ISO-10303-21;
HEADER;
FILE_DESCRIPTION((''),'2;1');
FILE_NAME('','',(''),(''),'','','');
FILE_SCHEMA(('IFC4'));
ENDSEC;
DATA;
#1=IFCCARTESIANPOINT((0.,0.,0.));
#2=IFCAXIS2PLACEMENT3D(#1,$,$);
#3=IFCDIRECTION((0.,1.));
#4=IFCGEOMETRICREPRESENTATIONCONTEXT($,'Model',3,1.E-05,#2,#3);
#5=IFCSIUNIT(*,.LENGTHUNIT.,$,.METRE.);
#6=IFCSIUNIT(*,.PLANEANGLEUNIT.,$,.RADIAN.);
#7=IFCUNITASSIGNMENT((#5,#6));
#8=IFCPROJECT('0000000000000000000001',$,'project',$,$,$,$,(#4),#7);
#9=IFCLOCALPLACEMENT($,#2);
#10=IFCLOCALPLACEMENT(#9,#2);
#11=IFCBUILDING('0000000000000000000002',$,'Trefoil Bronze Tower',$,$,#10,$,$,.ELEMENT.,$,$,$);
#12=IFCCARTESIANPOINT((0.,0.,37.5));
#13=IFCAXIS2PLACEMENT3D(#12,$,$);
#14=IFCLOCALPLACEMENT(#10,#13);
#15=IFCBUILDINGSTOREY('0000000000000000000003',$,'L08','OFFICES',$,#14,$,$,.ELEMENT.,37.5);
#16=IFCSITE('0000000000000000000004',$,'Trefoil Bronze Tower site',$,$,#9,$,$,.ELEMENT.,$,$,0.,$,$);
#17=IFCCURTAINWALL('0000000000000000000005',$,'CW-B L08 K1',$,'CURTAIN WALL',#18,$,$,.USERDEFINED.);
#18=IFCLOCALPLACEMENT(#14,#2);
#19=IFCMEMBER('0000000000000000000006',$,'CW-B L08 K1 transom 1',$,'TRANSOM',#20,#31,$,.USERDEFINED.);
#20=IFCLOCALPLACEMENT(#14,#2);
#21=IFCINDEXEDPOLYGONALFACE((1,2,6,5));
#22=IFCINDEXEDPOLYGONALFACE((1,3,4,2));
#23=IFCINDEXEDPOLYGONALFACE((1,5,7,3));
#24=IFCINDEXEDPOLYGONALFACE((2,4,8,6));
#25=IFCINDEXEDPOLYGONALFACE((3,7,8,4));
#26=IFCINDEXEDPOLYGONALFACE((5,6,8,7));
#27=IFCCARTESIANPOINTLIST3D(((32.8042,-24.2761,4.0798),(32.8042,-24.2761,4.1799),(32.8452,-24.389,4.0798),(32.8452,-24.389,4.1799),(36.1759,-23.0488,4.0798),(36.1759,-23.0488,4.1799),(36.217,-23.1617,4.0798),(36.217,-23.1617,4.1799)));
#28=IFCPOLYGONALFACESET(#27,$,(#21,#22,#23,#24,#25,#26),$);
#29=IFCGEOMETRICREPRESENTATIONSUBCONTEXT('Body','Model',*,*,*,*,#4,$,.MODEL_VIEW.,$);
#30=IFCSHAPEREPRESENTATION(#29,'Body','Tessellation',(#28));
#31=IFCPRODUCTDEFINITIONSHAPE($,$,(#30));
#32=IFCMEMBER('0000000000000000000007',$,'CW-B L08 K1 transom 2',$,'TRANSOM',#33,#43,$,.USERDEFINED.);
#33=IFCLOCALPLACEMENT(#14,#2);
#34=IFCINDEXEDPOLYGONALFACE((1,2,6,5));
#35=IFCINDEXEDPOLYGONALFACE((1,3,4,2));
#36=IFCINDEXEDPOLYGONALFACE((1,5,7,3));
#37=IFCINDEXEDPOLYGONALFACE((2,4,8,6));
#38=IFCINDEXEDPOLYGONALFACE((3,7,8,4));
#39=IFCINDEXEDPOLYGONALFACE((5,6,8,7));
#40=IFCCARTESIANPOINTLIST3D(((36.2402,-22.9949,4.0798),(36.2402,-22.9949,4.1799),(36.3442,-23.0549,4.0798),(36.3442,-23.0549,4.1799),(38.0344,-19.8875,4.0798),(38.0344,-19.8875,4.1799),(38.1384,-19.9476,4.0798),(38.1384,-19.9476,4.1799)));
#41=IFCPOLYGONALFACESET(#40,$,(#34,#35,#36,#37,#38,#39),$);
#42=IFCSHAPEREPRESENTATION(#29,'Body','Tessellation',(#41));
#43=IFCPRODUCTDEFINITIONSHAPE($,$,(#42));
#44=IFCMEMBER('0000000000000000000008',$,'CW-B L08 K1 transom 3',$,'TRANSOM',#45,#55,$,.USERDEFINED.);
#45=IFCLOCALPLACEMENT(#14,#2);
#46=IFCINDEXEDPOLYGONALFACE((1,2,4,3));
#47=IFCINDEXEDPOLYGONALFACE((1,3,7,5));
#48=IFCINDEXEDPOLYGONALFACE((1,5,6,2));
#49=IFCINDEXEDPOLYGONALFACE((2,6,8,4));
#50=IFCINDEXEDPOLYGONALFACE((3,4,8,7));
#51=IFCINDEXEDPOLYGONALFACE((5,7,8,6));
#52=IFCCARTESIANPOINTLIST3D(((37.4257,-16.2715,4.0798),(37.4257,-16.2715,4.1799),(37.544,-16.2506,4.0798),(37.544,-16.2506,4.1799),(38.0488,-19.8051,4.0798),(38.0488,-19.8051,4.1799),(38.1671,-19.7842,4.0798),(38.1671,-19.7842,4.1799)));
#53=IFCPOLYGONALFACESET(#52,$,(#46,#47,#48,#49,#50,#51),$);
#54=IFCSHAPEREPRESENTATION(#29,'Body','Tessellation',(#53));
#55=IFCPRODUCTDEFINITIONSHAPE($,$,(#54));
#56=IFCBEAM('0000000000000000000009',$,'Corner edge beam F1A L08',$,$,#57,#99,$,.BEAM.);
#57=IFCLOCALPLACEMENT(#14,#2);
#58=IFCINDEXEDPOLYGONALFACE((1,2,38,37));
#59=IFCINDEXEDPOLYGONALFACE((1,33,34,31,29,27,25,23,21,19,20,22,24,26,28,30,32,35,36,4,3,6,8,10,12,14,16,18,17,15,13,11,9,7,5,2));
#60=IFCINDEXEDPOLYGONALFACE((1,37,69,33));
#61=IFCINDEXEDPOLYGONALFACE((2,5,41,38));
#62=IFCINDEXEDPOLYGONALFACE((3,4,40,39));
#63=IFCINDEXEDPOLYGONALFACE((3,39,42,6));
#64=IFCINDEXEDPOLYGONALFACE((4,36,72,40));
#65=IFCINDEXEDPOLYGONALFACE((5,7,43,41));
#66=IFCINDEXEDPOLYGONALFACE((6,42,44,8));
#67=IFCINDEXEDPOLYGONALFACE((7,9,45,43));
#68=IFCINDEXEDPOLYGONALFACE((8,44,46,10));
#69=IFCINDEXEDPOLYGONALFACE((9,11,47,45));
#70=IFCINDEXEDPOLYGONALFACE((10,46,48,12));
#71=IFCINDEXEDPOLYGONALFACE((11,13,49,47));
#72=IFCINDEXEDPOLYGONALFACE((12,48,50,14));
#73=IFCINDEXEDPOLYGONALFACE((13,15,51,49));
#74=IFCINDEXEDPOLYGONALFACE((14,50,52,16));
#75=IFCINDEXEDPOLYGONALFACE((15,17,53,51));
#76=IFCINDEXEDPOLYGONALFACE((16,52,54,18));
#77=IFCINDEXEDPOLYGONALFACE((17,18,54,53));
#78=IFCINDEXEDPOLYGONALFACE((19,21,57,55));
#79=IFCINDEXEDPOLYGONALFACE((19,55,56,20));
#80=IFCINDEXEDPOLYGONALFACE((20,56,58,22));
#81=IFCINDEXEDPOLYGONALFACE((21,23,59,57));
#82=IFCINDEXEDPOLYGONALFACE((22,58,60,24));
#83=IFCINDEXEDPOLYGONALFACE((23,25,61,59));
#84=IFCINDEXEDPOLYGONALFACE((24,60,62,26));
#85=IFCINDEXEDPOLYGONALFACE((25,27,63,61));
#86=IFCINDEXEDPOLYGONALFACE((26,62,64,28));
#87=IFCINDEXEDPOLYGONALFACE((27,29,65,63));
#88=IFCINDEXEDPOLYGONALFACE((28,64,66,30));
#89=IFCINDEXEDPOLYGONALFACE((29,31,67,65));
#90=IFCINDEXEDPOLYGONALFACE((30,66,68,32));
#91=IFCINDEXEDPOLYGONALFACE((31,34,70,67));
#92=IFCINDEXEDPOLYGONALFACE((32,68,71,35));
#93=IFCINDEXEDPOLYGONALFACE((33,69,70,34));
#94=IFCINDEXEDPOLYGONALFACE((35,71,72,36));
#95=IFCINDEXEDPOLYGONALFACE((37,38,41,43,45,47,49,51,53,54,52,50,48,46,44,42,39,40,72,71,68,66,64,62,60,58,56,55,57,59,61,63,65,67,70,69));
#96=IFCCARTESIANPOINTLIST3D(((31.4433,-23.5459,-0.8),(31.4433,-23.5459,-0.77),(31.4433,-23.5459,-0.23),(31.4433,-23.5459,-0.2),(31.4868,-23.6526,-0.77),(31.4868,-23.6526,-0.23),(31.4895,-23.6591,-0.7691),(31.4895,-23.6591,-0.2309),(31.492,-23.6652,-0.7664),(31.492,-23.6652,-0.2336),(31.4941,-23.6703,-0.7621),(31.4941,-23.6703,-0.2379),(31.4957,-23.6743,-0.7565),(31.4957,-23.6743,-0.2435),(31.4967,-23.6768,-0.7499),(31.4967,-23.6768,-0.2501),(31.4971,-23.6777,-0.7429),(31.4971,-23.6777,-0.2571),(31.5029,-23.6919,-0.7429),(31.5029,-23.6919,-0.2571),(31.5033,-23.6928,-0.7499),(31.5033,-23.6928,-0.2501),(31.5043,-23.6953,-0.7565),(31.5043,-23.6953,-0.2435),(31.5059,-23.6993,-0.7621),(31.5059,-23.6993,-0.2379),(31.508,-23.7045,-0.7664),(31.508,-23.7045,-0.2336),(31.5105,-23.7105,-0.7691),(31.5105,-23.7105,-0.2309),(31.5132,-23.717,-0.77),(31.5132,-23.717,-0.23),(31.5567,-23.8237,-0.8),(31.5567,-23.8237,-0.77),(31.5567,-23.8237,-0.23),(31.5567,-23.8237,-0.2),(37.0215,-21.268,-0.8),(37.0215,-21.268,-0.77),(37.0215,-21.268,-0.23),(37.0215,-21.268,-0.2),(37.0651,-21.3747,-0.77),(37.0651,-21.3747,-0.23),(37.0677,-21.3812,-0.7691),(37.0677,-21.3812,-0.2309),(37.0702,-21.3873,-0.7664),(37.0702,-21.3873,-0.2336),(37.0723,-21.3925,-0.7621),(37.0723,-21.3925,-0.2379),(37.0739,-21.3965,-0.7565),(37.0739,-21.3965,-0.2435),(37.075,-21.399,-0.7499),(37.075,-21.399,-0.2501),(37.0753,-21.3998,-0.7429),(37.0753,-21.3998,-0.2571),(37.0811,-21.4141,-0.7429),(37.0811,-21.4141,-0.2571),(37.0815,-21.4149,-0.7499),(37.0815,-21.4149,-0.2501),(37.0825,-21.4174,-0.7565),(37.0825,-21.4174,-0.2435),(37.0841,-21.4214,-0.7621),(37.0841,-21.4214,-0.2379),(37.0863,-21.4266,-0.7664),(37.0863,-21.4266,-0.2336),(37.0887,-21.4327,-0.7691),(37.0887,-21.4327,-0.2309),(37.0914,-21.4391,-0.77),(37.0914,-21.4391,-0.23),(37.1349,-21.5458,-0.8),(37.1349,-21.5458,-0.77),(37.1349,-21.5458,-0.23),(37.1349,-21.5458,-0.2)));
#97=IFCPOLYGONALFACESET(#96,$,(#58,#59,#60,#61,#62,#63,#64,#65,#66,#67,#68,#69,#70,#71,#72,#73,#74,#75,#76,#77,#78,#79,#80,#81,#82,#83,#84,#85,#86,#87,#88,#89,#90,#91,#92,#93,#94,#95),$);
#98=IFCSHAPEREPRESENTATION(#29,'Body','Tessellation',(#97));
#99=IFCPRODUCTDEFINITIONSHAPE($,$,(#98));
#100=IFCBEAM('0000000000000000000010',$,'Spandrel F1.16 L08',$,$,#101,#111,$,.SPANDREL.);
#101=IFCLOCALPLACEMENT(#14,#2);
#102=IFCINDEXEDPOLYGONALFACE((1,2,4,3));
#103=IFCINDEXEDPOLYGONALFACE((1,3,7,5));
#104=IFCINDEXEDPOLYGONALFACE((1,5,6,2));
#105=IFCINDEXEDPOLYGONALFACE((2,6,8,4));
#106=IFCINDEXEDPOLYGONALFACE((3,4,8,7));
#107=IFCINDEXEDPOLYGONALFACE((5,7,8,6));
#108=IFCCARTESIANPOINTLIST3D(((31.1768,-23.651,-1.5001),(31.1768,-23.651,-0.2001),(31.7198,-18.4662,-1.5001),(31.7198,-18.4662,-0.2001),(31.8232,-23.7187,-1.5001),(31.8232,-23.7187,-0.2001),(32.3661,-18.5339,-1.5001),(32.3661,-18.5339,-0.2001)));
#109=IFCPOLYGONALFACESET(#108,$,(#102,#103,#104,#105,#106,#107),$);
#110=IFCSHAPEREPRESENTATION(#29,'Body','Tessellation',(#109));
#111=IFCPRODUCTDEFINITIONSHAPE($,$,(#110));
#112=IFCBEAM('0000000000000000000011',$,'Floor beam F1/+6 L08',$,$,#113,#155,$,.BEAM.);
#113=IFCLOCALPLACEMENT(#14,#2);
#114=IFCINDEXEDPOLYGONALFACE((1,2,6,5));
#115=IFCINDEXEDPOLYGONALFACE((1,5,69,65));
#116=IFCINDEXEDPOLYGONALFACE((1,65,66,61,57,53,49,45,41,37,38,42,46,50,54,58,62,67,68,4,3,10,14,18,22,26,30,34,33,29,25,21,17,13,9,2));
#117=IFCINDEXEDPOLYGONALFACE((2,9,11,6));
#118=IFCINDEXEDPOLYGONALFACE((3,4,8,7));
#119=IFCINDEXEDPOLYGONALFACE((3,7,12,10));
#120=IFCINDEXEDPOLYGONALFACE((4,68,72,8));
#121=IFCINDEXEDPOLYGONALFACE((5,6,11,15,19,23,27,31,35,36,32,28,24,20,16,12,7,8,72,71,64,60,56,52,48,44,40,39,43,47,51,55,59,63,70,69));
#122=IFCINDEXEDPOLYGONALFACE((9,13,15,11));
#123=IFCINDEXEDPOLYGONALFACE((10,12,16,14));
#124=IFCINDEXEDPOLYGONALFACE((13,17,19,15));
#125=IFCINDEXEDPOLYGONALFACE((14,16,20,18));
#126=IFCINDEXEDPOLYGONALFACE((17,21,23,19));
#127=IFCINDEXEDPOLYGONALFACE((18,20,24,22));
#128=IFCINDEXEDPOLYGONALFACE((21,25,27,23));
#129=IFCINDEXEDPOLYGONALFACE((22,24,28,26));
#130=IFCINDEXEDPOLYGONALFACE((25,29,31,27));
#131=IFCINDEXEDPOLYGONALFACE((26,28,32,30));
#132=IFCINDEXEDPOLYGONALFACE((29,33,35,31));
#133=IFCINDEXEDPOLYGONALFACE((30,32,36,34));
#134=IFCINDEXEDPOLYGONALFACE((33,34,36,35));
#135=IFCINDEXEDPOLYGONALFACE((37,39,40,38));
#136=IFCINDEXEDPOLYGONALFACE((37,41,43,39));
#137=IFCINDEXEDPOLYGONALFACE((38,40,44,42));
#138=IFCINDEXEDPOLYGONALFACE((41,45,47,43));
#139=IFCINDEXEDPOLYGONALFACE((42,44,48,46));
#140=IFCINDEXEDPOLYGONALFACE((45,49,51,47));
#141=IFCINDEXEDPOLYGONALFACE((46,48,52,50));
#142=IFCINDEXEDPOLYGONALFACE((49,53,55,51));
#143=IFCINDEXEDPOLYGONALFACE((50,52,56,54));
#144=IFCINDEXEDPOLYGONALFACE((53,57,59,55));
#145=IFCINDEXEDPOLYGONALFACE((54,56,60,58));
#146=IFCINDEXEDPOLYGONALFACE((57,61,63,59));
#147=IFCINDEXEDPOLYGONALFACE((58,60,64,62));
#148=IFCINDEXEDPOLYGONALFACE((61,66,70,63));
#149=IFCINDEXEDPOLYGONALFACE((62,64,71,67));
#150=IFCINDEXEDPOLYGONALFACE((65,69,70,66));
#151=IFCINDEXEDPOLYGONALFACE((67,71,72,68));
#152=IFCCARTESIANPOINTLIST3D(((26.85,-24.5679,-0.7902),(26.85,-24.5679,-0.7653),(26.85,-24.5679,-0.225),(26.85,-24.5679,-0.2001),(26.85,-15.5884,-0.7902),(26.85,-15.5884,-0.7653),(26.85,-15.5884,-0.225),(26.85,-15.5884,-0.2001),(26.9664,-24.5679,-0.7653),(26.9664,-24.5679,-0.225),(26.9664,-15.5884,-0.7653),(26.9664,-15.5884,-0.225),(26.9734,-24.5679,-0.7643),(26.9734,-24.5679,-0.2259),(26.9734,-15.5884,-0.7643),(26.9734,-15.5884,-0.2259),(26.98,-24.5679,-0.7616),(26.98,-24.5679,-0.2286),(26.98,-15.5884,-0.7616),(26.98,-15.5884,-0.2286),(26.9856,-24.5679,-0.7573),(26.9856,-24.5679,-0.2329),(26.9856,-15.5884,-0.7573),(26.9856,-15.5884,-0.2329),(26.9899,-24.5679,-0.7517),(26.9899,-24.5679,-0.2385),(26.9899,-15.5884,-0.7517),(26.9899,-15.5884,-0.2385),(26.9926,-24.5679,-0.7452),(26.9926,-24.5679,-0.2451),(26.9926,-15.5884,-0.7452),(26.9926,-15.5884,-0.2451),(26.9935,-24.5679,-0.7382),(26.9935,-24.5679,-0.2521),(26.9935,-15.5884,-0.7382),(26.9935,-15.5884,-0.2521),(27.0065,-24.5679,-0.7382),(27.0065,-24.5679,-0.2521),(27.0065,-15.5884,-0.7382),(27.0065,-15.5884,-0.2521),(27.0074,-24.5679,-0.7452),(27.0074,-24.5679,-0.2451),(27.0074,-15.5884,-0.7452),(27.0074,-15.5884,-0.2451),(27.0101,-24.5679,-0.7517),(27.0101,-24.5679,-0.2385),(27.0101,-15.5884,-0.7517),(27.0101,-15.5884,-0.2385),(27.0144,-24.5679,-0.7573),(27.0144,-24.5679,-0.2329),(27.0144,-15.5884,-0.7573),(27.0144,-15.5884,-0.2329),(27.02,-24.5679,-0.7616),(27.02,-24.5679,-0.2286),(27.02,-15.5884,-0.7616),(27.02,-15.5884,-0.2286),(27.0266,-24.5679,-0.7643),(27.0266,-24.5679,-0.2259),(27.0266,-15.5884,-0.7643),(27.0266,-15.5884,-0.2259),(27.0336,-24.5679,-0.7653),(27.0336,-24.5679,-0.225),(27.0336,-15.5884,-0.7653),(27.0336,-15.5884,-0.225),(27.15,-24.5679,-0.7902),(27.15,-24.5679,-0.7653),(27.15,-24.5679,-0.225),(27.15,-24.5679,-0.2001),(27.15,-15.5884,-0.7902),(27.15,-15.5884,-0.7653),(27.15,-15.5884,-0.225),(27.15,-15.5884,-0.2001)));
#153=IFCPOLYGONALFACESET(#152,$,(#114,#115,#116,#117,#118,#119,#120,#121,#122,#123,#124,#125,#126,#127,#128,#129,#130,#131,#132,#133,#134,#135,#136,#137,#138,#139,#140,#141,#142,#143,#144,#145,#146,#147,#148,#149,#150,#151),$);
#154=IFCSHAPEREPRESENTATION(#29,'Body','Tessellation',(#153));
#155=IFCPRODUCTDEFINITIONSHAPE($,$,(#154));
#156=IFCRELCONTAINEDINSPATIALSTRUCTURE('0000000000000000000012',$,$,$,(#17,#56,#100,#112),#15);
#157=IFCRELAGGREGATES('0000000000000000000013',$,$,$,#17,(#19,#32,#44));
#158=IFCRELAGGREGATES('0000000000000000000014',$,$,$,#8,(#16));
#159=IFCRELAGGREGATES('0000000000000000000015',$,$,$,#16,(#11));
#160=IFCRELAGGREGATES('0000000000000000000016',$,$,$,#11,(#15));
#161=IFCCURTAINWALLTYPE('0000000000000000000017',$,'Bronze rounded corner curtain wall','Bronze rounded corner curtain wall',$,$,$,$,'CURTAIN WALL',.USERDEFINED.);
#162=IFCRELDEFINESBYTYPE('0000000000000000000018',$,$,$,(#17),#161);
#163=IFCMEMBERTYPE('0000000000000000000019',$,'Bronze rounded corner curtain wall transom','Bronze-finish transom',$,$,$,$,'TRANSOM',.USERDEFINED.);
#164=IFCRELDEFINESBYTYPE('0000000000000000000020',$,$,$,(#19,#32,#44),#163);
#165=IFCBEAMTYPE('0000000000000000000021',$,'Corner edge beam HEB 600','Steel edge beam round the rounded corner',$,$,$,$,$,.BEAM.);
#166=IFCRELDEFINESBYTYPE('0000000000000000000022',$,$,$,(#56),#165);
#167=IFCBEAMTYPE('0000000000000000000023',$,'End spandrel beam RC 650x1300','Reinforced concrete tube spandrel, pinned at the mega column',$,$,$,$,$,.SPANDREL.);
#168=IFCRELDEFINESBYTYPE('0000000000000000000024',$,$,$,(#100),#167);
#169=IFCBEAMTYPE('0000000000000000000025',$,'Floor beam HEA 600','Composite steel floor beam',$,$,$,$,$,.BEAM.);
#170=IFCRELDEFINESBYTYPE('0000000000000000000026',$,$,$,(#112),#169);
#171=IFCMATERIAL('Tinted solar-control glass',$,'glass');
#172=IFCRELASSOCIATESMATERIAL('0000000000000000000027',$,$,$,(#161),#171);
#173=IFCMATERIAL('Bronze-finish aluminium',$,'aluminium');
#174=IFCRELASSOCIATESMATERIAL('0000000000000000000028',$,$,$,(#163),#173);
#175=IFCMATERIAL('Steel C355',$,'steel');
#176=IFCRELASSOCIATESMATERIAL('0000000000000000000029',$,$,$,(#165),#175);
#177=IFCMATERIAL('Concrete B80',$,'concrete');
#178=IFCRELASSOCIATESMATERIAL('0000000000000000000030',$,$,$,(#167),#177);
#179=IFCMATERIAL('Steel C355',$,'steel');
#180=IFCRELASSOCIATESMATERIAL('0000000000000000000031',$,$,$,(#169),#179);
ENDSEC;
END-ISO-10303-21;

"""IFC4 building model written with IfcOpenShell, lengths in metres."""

from ifc_helpers import new_model, si_unit, direction, frame, origin, origin_2d, place, context, subcontext, project, spatial, rectangle, i_section, extrude, material, material_profile, profile_set, type_object, element, aggregate, save


model = new_model("IFC4")

# Units and contexts
model_context = context("Model", 3, precision=1e-05, world=origin(), true_north=direction((0.0, 1.0)))
body_context = subcontext(model_context, "Body", "Model", "MODEL_VIEW")
ifc_project = project(units=[si_unit("LENGTHUNIT", "METRE"), si_unit("PLANEANGLEUNIT", "RADIAN")], contexts=[model_context])

# Site, building, storey
site_placement = place(None, origin())
site = spatial("IfcSite", under=ifc_project, at=site_placement, Name="Trefoil Bronze Tower site", CompositionType="ELEMENT", RefElevation=0.0)
building_placement = place(site_placement, origin())
building = spatial("IfcBuilding", under=site, at=building_placement, Name="Trefoil Bronze Tower", CompositionType="ELEMENT")
storey_placement = place(building_placement, frame((0.0, 0.0, 37.5)))
storey = spatial("IfcBuildingStorey", under=building, at=storey_placement, Name="L08", Description="OFFICES", CompositionType="ELEMENT", Elevation=37.5)

# Curtain wall, members
ifc_material_1 = material(Name="Tinted solar-control glass", Category="glass")
curtain_wall_type_1 = type_object("IfcCurtainWallType", Name="Bronze rounded corner curtain wall", Description="Bronze rounded corner curtain wall", ElementType="CURTAIN WALL", PredefinedType="USERDEFINED", material=ifc_material_1)
curtain_wall_1_placement = place(storey_placement, origin())
curtain_wall_1 = element("IfcCurtainWall", 1, at=curtain_wall_1_placement, inside=storey, type_object=curtain_wall_type_1, Name="CW-B L08 K1", ObjectType="CURTAIN WALL", PredefinedType="USERDEFINED")
ifc_material_2 = material(Name="Bronze-finish aluminium", Category="aluminium")
ifc_material_profile_1 = material_profile(ifc_material_2, rectangle(XDim=0.1201, YDim=0.1001, at=origin_2d()), Name="CW-B transom")
ifc_profile_set_1 = profile_set([ifc_material_profile_1], Name="Bronze-finish aluminium")
member_type_1 = type_object("IfcMemberType", Name="Bronze rounded corner curtain wall transom", Description="Bronze-finish transom", ElementType="TRANSOM", PredefinedType="USERDEFINED", material=ifc_profile_set_1)
member_1_placement = place(storey_placement, frame((32.8247, -24.3325, 4.1299), z_axis=(0.939688, 0.342033, 0.0), x_axis=(-0.342033, 0.939688, 0.0)))
member_1 = element("IfcMember", 2, at=member_1_placement, type_object=member_type_1, Name="CW-B L08 K1 transom 1", ObjectType="TRANSOM", PredefinedType="USERDEFINED", context=body_context, shape_type="SweptSolid", body=[
    extrude(rectangle(XDim=0.1201, YDim=0.1001, at=origin_2d()), origin(), (0.0, 0.0, 1.0), 3.5881),
])
member_2_placement = place(storey_placement, frame((36.2922, -23.0249, 4.1299), z_axis=(0.500025, 0.866011, 0.0), x_axis=(-0.866011, 0.500025, 0.0)))
member_2 = element("IfcMember", 3, at=member_2_placement, type_object=member_type_1, Name="CW-B L08 K1 transom 2", ObjectType="TRANSOM", PredefinedType="USERDEFINED", context=body_context, shape_type="SweptSolid", body=[
    extrude(rectangle(XDim=0.1201, YDim=0.1001, at=origin_2d()), origin(), (0.0, 0.0, 1.0), 3.5881),
])
member_3_placement = place(storey_placement, frame((38.1079, -19.7947, 4.1299), z_axis=(-0.173638, 0.98481, 0.0), x_axis=(-0.98481, -0.173638, 0.0)))
member_3 = element("IfcMember", 4, at=member_3_placement, type_object=member_type_1, Name="CW-B L08 K1 transom 3", ObjectType="TRANSOM", PredefinedType="USERDEFINED", context=body_context, shape_type="SweptSolid", body=[
    extrude(rectangle(XDim=0.1201, YDim=0.1001, at=origin_2d()), origin(), (0.0, 0.0, 1.0), 3.5881),
])

# Beams
ifc_material_3 = material(Name="Steel C355", Category="steel")
ifc_material_profile_2 = material_profile(ifc_material_3, i_section(OverallWidth=0.3, OverallDepth=0.6001, WebThickness=0.0154, FlangeThickness=0.03, FilletRadius=0.0271, at=origin_2d()), Name="HEB 600")
ifc_profile_set_2 = profile_set([ifc_material_profile_2], Name="Steel C355")
beam_type_1 = type_object("IfcBeamType", Name="Corner edge beam HEB 600", Description="Steel edge beam round the rounded corner", PredefinedType="BEAM", material=ifc_profile_set_2)
beam_1_placement = place(storey_placement, frame((31.5, -23.6848, -0.5), z_axis=(0.925787, 0.378046, 0.0), x_axis=(-0.378046, 0.925787, 0.0)))
element("IfcBeam", 5, at=beam_1_placement, inside=storey, type_object=beam_type_1, Name="Corner edge beam F1A L08", PredefinedType="BEAM", context=body_context, shape_type="SweptSolid", body=[
    extrude(i_section(OverallWidth=0.3, OverallDepth=0.6001, WebThickness=0.0154, FlangeThickness=0.03, FilletRadius=0.0271, at=origin_2d()), origin(), (0.0, 0.0, 1.0), 6.0254),
])
ifc_material_4 = material(Name="Concrete B80", Category="concrete")
ifc_material_profile_3 = material_profile(ifc_material_4, rectangle(XDim=0.6499, YDim=1.3, at=origin_2d()), Name="RC 650x1300")
ifc_profile_set_3 = profile_set([ifc_material_profile_3], Name="Concrete B80")
beam_type_2 = type_object("IfcBeamType", Name="End spandrel beam RC 650x1300", Description="Reinforced concrete tube spandrel, pinned at the mega column", PredefinedType="SPANDREL", material=ifc_profile_set_3)
beam_2_placement = place(storey_placement, frame((31.5, -23.6848, -0.8501), z_axis=(0.104153, 0.994561, 0.0), x_axis=(-0.994561, 0.104153, 0.0)))
element("IfcBeam", 6, at=beam_2_placement, inside=storey, type_object=beam_type_2, Name="Spandrel F1.16 L08", PredefinedType="SPANDREL", context=body_context, shape_type="SweptSolid", body=[
    extrude(rectangle(XDim=0.6499, YDim=1.3, at=origin_2d()), origin(), (0.0, 0.0, 1.0), 5.2131),
])
ifc_material_5 = material(Name="Steel C355", Category="steel")
ifc_material_profile_4 = material_profile(ifc_material_5, i_section(OverallWidth=0.3, OverallDepth=0.5901, WebThickness=0.0129, FlangeThickness=0.0249, FilletRadius=0.0271, at=origin_2d()), Name="HEA 600")
ifc_profile_set_4 = profile_set([ifc_material_profile_4], Name="Steel C355")
beam_type_3 = type_object("IfcBeamType", Name="Floor beam HEA 600", Description="Composite steel floor beam", PredefinedType="BEAM", material=ifc_profile_set_4)
beam_3_placement = place(storey_placement, frame((27.0, -24.5679, -0.4951), z_axis=(0.0, 1.0, 0.0), x_axis=(-1.0, 0.0, 0.0)))
element("IfcBeam", 7, at=beam_3_placement, inside=storey, type_object=beam_type_3, Name="Floor beam F1/+6 L08", PredefinedType="BEAM", context=body_context, shape_type="SweptSolid", body=[
    extrude(i_section(OverallWidth=0.3, OverallDepth=0.5901, WebThickness=0.0129, FlangeThickness=0.0249, FilletRadius=0.0271, at=origin_2d()), origin(), (0.0, 0.0, 1.0), 8.9795),
])

aggregate(curtain_wall_1, [member_1, member_2, member_3])

save(model, "model.ifc")
